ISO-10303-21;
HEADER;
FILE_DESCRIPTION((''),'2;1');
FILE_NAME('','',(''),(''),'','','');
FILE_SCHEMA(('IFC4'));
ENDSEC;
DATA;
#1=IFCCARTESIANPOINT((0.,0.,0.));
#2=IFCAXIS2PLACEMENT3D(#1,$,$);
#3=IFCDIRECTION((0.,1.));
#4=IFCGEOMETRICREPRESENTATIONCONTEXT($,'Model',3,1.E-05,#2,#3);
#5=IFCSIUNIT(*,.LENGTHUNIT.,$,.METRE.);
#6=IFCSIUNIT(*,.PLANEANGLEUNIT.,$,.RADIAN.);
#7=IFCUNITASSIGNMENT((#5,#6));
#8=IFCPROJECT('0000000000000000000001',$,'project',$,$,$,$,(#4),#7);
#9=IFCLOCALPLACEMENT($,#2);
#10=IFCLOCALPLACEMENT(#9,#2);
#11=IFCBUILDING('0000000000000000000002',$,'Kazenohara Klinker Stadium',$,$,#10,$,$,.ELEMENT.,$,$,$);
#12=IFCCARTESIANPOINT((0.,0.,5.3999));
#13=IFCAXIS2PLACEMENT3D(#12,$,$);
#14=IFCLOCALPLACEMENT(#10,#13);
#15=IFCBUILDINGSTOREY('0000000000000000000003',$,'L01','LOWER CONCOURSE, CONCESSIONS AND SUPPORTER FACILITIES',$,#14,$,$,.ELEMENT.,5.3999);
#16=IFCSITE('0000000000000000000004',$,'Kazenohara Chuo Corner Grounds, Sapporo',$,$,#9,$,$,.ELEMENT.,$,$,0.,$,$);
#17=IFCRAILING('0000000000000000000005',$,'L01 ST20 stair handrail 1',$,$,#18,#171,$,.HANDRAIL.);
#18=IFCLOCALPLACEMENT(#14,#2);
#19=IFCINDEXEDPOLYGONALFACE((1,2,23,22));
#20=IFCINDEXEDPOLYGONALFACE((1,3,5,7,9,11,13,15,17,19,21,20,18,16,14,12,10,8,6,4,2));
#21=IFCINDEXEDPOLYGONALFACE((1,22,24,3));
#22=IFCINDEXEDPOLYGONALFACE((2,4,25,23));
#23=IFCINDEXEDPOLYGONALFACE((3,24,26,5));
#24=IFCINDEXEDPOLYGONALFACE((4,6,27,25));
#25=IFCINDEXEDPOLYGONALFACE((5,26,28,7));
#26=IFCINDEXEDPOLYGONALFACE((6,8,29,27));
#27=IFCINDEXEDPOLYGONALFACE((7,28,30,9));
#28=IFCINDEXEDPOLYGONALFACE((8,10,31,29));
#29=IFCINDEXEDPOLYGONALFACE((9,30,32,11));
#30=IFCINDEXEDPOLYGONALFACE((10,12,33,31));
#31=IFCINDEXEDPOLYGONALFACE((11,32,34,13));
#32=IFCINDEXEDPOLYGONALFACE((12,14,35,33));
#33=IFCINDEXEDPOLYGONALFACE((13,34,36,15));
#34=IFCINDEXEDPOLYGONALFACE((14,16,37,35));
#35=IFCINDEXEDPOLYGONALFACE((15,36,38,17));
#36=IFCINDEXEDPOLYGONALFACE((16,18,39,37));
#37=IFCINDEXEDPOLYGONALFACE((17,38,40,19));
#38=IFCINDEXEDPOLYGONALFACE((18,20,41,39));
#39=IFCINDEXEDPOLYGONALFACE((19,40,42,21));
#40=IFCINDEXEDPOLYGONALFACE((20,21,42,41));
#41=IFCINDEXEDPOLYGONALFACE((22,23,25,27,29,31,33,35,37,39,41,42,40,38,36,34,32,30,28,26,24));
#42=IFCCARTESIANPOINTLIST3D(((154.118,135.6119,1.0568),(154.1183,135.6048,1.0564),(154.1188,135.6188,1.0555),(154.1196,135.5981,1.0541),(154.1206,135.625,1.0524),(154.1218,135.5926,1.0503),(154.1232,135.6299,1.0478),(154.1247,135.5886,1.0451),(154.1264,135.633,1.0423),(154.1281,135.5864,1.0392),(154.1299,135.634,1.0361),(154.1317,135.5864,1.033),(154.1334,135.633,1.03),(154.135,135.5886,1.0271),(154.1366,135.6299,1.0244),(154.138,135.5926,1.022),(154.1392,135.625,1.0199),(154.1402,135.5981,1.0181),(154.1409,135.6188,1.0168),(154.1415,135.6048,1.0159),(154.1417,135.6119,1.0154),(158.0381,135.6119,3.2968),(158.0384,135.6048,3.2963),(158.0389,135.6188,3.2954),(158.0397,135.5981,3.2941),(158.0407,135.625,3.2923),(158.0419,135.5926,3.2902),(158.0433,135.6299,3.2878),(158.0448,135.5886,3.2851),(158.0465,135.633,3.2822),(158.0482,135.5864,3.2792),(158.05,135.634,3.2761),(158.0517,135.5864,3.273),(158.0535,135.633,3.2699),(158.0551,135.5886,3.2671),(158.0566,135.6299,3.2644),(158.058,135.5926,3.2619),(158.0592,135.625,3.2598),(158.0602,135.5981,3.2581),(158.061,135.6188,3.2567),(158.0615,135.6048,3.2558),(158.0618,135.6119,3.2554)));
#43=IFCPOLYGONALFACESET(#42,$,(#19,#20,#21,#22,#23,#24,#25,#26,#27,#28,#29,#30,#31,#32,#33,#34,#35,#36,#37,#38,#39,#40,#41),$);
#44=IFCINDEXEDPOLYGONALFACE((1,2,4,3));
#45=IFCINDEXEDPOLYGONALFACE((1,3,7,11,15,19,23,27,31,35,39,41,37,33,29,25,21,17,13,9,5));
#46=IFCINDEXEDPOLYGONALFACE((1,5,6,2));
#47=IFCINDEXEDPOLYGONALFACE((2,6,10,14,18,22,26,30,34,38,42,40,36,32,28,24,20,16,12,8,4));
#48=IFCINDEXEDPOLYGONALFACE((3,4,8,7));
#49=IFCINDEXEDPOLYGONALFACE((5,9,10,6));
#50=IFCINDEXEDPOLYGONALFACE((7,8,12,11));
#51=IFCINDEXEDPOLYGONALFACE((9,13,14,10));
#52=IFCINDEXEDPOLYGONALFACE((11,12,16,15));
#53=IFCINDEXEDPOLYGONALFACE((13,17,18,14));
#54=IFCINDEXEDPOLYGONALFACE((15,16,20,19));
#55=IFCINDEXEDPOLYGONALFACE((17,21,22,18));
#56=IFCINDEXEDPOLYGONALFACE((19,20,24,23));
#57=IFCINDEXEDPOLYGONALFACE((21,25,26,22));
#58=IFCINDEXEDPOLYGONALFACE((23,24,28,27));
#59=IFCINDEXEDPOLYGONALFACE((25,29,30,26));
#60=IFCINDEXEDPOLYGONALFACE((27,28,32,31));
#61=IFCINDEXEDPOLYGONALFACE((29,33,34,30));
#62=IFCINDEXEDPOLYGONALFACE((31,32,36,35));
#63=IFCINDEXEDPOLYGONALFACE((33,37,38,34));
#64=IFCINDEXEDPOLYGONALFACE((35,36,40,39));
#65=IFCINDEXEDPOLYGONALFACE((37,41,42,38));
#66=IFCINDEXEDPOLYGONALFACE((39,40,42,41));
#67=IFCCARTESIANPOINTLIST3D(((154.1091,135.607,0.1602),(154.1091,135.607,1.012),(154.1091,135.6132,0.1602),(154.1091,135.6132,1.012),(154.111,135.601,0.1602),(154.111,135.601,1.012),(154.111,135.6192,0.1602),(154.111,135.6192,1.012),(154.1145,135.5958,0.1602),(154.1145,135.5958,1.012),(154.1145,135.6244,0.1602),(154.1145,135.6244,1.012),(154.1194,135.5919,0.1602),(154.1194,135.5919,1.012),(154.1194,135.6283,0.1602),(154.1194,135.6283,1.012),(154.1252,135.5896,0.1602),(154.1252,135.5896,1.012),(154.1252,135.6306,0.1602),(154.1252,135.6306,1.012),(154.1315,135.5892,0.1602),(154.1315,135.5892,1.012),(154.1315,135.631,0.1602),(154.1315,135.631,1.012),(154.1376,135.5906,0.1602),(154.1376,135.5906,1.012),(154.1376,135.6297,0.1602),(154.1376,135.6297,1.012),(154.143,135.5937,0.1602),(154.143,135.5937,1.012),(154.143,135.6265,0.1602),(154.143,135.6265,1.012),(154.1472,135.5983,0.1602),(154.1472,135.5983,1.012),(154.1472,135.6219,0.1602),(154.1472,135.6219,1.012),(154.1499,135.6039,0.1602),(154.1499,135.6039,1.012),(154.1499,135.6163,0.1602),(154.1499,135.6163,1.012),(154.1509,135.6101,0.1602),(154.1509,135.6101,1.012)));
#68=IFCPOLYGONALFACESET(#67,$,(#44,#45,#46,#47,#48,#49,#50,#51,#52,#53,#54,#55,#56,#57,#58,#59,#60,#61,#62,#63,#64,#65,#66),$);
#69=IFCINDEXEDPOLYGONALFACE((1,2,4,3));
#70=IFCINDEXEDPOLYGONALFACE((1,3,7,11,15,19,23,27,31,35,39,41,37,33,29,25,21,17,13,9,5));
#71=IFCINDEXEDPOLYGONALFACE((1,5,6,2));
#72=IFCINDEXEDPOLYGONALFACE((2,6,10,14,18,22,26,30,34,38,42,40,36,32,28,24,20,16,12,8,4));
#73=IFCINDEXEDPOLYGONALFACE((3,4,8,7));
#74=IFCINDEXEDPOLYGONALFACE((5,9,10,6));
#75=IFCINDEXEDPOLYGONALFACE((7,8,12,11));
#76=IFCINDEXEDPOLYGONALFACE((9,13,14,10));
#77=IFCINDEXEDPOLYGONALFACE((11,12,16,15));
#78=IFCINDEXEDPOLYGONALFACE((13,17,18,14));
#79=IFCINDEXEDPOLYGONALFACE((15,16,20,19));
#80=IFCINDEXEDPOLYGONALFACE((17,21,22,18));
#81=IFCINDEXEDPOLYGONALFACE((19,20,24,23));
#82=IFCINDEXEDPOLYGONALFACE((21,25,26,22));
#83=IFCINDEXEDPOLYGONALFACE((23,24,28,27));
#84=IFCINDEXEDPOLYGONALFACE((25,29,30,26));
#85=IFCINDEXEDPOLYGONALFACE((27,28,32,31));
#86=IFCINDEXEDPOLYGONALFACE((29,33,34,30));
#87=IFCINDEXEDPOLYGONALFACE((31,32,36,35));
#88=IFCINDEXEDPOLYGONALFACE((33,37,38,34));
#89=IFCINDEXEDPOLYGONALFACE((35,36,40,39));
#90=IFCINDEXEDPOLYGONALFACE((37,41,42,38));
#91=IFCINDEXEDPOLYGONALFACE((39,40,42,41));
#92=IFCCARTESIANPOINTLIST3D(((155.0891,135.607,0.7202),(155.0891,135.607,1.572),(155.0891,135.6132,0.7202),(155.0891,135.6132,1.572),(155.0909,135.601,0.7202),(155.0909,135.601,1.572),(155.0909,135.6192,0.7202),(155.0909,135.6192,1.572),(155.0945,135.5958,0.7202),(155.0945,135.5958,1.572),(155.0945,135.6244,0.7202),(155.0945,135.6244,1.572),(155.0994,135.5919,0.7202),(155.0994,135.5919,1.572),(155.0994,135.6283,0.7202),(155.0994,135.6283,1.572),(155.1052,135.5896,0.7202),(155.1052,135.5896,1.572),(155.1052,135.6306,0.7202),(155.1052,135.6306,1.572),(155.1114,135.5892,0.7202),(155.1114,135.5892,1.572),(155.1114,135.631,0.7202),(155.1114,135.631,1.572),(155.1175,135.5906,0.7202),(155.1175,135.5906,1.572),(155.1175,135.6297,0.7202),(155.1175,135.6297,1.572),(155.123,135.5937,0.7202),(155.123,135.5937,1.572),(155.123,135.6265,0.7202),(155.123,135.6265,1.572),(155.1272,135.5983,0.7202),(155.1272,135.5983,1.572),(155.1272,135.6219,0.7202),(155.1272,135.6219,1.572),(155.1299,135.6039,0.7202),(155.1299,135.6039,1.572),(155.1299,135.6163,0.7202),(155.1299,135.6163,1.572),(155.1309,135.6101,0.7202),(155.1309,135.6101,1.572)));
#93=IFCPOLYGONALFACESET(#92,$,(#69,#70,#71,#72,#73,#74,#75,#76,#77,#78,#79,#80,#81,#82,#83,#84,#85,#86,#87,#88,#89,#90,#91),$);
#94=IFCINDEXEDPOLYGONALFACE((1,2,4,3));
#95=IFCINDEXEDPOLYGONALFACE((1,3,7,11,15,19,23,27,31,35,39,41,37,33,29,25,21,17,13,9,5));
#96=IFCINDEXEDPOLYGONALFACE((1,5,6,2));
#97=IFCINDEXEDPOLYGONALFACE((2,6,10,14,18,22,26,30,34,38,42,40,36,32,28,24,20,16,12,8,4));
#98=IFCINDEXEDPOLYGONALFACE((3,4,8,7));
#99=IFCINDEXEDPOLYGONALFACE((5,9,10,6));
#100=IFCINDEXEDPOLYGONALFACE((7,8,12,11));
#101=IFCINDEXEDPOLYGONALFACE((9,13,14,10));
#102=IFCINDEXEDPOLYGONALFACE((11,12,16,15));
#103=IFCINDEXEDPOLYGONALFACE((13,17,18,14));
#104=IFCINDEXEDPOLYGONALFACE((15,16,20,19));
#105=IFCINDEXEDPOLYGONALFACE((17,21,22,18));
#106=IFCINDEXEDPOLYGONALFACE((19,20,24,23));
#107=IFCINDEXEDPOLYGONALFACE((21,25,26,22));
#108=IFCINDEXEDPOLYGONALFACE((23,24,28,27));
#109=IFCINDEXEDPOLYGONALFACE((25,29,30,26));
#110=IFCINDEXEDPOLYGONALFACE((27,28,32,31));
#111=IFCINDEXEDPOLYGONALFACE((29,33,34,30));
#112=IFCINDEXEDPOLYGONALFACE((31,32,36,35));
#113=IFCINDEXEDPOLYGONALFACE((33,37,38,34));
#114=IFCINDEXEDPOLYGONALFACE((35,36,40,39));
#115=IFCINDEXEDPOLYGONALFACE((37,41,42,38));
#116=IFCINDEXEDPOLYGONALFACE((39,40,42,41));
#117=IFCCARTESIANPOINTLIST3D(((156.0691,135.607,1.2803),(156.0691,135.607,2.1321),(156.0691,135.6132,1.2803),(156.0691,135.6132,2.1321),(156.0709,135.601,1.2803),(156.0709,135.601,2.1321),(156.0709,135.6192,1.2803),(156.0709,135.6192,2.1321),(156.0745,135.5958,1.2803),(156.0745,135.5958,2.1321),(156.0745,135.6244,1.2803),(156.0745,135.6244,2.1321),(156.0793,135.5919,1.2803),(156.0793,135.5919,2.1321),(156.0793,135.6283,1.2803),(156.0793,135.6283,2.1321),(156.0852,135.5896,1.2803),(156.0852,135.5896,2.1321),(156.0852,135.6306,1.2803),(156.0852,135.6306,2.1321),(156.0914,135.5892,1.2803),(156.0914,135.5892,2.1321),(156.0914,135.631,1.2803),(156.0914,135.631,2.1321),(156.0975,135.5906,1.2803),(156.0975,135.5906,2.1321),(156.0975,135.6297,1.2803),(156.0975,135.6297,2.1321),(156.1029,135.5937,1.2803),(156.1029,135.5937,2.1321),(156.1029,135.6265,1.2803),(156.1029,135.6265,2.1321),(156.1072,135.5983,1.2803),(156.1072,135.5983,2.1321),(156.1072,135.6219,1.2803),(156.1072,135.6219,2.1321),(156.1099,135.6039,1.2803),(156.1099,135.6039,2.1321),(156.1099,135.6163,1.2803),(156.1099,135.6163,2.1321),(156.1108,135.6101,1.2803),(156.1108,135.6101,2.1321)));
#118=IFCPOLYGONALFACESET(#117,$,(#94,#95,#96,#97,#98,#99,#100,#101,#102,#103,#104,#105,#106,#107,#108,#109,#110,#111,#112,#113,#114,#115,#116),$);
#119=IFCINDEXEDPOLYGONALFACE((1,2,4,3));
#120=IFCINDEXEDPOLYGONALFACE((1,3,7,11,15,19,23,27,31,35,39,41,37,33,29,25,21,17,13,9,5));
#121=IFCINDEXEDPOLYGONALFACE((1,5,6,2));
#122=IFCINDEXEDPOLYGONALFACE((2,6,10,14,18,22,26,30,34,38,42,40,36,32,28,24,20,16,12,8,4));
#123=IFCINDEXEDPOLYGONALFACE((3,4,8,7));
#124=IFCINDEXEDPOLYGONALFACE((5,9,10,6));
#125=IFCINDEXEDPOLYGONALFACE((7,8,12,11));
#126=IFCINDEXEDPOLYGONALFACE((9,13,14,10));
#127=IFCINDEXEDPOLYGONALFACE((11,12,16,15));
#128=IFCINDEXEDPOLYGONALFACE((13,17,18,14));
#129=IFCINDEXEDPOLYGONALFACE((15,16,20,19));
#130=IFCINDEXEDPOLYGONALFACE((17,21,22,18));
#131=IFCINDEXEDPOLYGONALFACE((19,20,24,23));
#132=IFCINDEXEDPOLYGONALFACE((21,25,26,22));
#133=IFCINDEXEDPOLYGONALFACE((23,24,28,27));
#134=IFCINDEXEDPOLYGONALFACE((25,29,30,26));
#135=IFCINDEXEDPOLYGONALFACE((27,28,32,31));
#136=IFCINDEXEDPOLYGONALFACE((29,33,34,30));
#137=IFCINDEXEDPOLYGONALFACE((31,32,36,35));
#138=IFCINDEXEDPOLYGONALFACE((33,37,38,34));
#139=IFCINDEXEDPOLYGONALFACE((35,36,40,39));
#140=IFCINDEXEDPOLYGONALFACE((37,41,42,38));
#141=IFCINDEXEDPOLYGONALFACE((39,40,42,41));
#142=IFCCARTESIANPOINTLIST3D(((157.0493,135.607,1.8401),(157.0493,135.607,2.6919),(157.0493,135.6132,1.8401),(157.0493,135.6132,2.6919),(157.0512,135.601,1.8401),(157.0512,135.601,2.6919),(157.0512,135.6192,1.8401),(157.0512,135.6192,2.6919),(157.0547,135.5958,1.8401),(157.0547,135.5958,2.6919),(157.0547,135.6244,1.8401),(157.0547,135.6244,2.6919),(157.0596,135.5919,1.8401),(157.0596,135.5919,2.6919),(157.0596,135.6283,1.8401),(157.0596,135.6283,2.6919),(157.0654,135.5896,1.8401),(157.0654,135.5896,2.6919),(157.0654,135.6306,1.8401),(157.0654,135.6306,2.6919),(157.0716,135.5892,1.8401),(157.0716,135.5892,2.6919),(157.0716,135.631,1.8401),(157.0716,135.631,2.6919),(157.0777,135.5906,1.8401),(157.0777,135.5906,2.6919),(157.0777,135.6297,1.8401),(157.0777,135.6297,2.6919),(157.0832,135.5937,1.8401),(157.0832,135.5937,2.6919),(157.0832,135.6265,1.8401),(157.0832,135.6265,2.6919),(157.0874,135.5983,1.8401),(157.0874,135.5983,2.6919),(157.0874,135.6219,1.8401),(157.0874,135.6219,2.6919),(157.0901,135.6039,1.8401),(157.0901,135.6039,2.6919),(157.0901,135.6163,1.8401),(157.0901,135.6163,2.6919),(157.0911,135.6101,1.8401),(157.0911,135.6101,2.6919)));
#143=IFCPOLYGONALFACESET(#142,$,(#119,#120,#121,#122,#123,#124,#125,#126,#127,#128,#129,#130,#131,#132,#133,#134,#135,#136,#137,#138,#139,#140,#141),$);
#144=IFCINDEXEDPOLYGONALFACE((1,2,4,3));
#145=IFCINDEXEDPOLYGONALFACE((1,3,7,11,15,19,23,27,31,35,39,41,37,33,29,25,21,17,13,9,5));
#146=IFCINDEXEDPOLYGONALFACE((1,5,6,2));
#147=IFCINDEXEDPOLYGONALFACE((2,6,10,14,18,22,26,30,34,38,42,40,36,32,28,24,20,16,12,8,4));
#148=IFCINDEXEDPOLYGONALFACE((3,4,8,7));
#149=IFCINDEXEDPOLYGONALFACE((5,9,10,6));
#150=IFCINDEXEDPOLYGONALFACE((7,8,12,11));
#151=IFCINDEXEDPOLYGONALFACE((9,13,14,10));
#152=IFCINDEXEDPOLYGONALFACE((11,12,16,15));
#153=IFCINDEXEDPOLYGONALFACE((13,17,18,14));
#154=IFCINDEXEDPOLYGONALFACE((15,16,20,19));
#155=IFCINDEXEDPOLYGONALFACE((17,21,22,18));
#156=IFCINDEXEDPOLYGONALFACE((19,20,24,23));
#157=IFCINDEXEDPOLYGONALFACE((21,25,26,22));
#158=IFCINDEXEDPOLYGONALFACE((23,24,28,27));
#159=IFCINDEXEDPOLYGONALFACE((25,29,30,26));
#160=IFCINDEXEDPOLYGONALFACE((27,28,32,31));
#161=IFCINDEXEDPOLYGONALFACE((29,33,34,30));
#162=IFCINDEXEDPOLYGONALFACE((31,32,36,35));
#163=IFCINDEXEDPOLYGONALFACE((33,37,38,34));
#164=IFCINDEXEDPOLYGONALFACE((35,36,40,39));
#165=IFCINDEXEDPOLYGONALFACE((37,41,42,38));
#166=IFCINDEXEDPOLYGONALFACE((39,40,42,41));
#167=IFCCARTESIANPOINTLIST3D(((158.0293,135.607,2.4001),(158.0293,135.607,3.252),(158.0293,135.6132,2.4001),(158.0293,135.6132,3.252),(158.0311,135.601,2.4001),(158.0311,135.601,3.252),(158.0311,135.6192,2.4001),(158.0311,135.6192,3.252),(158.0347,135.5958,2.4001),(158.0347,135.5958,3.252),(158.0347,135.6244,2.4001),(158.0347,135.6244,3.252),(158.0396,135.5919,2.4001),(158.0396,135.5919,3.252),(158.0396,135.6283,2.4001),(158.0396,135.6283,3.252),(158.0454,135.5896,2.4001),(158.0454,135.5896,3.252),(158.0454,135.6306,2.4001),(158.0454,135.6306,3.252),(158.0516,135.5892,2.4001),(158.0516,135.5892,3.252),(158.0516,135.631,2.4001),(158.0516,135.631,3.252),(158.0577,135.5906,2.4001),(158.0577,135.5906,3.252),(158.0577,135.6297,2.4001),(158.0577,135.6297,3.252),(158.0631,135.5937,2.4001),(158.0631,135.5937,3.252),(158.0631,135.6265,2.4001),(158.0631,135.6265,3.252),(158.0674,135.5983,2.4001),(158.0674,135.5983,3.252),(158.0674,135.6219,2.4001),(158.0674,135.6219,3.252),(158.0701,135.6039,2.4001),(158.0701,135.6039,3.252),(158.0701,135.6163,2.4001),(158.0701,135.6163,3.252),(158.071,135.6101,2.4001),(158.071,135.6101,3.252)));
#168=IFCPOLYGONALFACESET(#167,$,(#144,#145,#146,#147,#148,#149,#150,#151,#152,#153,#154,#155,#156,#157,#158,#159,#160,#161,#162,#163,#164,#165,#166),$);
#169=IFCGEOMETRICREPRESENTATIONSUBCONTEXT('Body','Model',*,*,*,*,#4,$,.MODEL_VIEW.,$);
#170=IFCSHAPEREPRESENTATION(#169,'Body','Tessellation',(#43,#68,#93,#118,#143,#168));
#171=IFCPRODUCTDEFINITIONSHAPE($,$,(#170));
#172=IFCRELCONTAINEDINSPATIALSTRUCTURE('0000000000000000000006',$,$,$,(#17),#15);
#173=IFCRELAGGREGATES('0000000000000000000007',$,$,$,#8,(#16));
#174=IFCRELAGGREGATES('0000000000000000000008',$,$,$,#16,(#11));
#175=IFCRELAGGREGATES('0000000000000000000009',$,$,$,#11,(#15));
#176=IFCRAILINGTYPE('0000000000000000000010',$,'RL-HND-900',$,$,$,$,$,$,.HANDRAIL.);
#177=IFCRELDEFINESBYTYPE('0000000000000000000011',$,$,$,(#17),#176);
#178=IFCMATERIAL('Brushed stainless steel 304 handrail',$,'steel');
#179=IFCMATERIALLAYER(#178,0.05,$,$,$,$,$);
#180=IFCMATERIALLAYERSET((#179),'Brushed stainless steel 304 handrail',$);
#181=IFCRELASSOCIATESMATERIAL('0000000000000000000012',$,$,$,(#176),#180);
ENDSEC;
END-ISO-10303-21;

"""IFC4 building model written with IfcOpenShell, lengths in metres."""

from ifc_helpers import new_model, si_unit, direction, frame, origin, origin_2d, place, context, subcontext, project, spatial, circle, extrude, material, layer, layer_set, type_object, element, save


model = new_model("IFC4")

# Units and contexts
model_context = context("Model", 3, precision=1e-05, world=origin(), true_north=direction((0.0, 1.0)))
body_context = subcontext(model_context, "Body", "Model", "MODEL_VIEW")
ifc_project = project(units=[si_unit("LENGTHUNIT", "METRE"), si_unit("PLANEANGLEUNIT", "RADIAN")], contexts=[model_context])

# Site, building, storey
site_placement = place(None, origin())
site = spatial("IfcSite", under=ifc_project, at=site_placement, Name="Kazenohara Chuo Corner Grounds, Sapporo", CompositionType="ELEMENT", RefElevation=0.0)
building_placement = place(site_placement, origin())
building = spatial("IfcBuilding", under=site, at=building_placement, Name="Kazenohara Klinker Stadium", CompositionType="ELEMENT")
storey_placement = place(building_placement, frame((0.0, 0.0, 5.3999)))
storey = spatial("IfcBuildingStorey", under=building, at=storey_placement, Name="L01", Description="LOWER CONCOURSE, CONCESSIONS AND SUPPORTER FACILITIES", CompositionType="ELEMENT", Elevation=5.3999)

# Railing
ifc_material_1 = material(Name="Brushed stainless steel 304 handrail", Category="steel")
ifc_layer_1 = layer(ifc_material_1, 0.05)
ifc_layer_set_1 = layer_set([ifc_layer_1], Name="Brushed stainless steel 304 handrail")
railing_type_1 = type_object("IfcRailingType", Name="RL-HND-900", PredefinedType="HANDRAIL", material=ifc_layer_set_1)
railing_1_placement = place(storey_placement, frame((154.1299, 135.6101, 0.1602)))
element("IfcRailing", 1, at=railing_1_placement, inside=storey, type_object=railing_type_1, Name="L01 ST20 stair handrail 1", PredefinedType="HANDRAIL", context=body_context, shape_type="SweptSolid", body=[
    extrude(circle(Radius=0.0239, at=origin_2d()), frame((0.0, 0.0, 0.876), z_axis=(0.868253, 0.0, 0.496121), x_axis=(0.0, 1.0, 0.0)), (0.0, 0.0, 1.0), 4.5149),
    extrude(circle(Radius=0.021, at=origin_2d()), origin(), (0.0, 0.0, 1.0), 0.8518),
    extrude(circle(Radius=0.021, at=origin_2d()), frame((0.98, 0.0, 0.5601)), (0.0, 0.0, 1.0), 0.8518),
    extrude(circle(Radius=0.021, at=origin_2d()), frame((1.96, 0.0, 1.1201)), (0.0, 0.0, 1.0), 0.8518),
    extrude(circle(Radius=0.021, at=origin_2d()), frame((2.9402, 0.0, 1.6799)), (0.0, 0.0, 1.0), 0.8518),
    extrude(circle(Radius=0.021, at=origin_2d()), frame((3.9202, 0.0, 2.24)), (0.0, 0.0, 1.0), 0.8518),
])

save(model, "model.ifc")
